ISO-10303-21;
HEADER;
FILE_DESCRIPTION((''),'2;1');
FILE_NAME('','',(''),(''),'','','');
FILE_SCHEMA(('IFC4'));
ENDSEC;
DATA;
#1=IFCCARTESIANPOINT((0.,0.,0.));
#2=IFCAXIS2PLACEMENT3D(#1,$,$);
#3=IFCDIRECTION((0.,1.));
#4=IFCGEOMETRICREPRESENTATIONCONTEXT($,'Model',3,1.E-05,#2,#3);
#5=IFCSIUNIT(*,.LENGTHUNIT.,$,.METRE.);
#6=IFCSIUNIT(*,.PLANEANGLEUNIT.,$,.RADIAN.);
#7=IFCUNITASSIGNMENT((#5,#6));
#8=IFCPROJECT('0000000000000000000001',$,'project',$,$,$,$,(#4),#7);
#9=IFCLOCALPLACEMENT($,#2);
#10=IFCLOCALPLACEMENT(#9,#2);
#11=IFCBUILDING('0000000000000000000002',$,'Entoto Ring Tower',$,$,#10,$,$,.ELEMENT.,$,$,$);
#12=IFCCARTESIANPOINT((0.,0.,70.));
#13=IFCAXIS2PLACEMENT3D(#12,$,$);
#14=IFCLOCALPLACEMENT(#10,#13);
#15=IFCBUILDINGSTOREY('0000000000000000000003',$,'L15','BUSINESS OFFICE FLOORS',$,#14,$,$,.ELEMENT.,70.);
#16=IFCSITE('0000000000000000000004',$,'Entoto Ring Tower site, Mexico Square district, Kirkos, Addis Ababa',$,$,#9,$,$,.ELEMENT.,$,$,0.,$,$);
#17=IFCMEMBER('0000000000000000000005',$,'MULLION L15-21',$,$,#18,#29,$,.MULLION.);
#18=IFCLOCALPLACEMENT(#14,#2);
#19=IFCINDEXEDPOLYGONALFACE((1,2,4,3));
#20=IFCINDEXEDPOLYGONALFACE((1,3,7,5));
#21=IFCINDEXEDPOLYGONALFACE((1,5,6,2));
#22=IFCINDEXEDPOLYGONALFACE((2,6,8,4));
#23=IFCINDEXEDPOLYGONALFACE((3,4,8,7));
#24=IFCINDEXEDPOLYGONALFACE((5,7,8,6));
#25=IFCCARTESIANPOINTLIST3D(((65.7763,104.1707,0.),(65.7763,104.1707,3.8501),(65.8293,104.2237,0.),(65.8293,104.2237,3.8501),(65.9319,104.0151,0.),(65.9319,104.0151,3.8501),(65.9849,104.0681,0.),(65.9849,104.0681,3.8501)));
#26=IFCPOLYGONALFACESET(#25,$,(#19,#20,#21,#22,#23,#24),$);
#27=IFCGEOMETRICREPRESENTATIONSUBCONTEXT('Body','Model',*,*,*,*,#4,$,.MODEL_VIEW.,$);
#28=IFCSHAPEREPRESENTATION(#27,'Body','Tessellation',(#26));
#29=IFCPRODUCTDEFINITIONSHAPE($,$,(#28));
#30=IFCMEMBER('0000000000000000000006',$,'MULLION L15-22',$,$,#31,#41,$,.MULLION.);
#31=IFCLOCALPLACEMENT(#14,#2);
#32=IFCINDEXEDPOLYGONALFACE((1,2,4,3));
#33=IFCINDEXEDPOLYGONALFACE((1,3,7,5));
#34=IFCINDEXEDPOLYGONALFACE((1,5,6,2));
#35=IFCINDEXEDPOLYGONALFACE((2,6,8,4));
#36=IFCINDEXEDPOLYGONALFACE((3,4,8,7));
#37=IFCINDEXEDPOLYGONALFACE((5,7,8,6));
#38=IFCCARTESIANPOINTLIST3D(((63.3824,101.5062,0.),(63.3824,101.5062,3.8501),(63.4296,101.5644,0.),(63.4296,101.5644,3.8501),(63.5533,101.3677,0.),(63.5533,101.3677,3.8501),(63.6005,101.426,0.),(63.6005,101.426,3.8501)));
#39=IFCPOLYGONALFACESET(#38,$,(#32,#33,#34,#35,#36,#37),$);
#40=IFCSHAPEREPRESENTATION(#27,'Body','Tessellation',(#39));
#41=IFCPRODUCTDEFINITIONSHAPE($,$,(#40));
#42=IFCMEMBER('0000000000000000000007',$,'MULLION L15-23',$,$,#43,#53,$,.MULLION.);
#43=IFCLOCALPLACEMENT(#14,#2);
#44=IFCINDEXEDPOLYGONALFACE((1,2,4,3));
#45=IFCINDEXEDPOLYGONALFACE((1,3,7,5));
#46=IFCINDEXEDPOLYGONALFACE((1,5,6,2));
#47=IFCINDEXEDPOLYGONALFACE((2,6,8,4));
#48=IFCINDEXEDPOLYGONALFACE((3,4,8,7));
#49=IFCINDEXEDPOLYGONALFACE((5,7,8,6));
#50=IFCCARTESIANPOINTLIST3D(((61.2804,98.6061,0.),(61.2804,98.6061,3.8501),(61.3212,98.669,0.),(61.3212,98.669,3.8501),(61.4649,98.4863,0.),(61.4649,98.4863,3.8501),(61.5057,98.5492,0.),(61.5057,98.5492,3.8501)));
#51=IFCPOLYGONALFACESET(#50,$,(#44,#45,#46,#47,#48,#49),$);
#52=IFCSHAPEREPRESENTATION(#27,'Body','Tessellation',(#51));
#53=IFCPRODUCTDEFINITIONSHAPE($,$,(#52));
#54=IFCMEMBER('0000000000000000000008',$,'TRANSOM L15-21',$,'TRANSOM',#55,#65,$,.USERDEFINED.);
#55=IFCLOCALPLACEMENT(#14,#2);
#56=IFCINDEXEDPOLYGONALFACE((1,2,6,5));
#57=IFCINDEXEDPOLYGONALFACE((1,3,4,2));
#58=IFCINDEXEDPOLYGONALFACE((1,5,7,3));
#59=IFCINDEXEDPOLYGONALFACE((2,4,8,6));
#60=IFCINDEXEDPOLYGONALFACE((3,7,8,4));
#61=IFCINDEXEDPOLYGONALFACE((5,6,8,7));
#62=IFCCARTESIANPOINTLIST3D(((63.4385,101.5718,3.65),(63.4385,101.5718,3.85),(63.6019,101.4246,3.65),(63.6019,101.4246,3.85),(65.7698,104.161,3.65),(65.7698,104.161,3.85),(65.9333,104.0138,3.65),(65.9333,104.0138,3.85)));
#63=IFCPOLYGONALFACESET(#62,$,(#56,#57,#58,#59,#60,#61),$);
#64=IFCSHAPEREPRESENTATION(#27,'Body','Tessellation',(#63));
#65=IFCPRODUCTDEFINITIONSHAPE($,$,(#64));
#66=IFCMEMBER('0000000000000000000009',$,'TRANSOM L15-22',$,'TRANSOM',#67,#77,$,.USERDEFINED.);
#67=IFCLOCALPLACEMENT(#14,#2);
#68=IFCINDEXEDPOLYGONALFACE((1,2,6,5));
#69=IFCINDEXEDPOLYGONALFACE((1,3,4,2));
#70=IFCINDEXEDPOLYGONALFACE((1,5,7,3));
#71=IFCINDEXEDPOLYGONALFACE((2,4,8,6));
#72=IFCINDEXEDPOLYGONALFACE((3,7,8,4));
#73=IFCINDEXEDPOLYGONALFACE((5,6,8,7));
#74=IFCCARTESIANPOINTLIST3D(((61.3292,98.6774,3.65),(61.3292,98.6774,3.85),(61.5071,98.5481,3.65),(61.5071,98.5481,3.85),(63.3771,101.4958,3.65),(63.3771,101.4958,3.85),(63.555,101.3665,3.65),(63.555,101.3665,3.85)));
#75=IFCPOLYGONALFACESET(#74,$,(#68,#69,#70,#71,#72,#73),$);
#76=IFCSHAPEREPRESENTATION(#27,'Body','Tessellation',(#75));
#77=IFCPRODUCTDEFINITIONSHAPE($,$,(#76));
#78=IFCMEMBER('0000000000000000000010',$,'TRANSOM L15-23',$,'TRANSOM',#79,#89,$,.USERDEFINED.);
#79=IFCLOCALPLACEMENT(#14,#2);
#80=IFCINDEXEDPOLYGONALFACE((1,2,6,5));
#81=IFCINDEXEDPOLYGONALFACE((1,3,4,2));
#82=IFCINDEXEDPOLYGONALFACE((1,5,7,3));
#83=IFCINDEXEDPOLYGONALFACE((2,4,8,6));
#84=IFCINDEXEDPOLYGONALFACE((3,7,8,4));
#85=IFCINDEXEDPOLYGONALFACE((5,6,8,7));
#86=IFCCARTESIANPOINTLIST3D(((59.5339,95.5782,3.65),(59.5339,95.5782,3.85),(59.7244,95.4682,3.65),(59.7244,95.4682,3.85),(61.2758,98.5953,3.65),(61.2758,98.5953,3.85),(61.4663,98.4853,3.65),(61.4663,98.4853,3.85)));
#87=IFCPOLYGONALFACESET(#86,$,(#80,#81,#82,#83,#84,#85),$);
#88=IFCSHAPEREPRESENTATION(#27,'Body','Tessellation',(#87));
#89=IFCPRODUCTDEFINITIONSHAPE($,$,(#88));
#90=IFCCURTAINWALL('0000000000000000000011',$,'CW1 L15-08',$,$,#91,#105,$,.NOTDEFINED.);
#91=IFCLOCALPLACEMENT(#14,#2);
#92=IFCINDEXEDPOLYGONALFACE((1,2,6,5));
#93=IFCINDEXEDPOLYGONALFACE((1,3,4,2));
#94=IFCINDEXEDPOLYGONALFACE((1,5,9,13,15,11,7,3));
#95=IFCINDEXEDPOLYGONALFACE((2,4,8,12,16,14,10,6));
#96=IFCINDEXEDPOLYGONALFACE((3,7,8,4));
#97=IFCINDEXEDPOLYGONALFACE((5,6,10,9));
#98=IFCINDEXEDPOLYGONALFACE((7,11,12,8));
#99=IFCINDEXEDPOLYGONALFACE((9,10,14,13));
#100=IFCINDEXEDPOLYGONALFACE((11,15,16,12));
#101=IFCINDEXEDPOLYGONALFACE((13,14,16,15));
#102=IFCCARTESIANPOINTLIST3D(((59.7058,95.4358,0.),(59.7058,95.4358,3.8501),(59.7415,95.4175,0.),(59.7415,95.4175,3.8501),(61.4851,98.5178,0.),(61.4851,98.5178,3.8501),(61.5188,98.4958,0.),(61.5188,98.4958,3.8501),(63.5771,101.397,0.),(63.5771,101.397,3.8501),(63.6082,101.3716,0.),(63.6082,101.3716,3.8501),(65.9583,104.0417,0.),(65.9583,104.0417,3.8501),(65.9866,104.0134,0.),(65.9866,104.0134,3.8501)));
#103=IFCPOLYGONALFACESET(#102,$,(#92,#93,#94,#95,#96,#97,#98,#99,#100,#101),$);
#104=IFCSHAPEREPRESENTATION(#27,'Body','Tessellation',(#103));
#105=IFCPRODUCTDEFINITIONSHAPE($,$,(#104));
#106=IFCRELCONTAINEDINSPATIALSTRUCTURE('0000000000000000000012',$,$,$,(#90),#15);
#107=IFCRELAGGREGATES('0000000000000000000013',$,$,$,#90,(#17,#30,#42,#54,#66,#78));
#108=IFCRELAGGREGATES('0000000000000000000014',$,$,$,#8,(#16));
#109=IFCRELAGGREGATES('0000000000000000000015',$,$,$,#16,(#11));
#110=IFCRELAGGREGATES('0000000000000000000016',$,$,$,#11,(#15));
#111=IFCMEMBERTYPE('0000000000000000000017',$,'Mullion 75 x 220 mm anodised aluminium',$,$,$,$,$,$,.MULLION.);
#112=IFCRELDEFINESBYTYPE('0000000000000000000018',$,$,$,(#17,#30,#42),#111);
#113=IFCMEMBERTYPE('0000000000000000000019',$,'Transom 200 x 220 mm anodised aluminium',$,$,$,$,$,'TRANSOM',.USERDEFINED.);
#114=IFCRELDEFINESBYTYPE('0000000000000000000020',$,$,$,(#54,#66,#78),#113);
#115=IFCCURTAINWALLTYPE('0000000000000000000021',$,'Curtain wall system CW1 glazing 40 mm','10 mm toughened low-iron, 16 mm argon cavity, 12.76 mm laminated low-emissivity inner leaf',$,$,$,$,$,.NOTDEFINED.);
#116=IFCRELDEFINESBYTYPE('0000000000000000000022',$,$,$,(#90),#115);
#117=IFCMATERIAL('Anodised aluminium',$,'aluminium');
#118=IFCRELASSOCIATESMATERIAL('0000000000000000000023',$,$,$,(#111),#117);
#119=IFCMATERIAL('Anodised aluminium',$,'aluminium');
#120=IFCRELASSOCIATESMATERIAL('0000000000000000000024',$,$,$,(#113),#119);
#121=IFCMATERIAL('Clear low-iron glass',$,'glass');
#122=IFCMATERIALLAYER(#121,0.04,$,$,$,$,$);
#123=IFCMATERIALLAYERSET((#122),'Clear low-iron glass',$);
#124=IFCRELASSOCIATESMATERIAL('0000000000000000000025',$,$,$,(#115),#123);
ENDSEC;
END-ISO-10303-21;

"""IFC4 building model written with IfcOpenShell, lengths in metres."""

from ifc_helpers import new_model, si_unit, direction, frame, origin, origin_2d, place, context, subcontext, project, spatial, polyline, rectangle, outline, extrude, material, layer, layer_set, material_profile, profile_set, type_object, element, aggregate, save


model = new_model("IFC4")

# Units and contexts
model_context = context("Model", 3, precision=1e-05, world=origin(), true_north=direction((0.0, 1.0)))
body_context = subcontext(model_context, "Body", "Model", "MODEL_VIEW")
ifc_project = project(units=[si_unit("LENGTHUNIT", "METRE"), si_unit("PLANEANGLEUNIT", "RADIAN")], contexts=[model_context])

# Members
ifc_material_1 = material(Name="Anodised aluminium", Category="aluminium")
ifc_material_profile_1 = material_profile(ifc_material_1, rectangle(XDim=0.075, YDim=0.22, at=origin_2d()), Name="Mullion 75 x 220 mm anodised aluminium")
ifc_profile_set_1 = profile_set([ifc_material_profile_1], Name="Anodised aluminium")
member_type_1 = type_object("IfcMemberType", Name="Mullion 75 x 220 mm anodised aluminium", PredefinedType="MULLION", material=ifc_profile_set_1)
site_placement = place(None, origin())
building_placement = place(site_placement, origin())
storey_placement = place(building_placement, frame((0.0, 0.0, 70.0)))
member_1_placement = place(storey_placement, frame((65.8806, 104.1194, 0.0), z_axis=(0.0, 0.0, 1.0), x_axis=(-0.707107, -0.707107, 0.0)))
member_1 = element("IfcMember", 1, at=member_1_placement, type_object=member_type_1, Name="MULLION L15-21", PredefinedType="MULLION", context=body_context, shape_type="SweptSolid", body=[
    extrude(rectangle(XDim=0.075, YDim=0.22, at=origin_2d()), origin(), (0.0, 0.0, 1.0), 3.8501),
])
member_2_placement = place(storey_placement, frame((63.4915, 101.4661, 0.0), z_axis=(0.0, 0.0, 1.0), x_axis=(-0.62932, -0.777146, 0.0)))
member_2 = element("IfcMember", 2, at=member_2_placement, type_object=member_type_1, Name="MULLION L15-22", PredefinedType="MULLION", context=body_context, shape_type="SweptSolid", body=[
    extrude(rectangle(XDim=0.075, YDim=0.22, at=origin_2d()), origin(), (0.0, 0.0, 1.0), 3.8501),
])
member_3_placement = place(storey_placement, frame((61.3931, 98.5776, 0.0), z_axis=(0.0, 0.0, 1.0), x_axis=(-0.544639, -0.838671, 0.0)))
member_3 = element("IfcMember", 3, at=member_3_placement, type_object=member_type_1, Name="MULLION L15-23", PredefinedType="MULLION", context=body_context, shape_type="SweptSolid", body=[
    extrude(rectangle(XDim=0.075, YDim=0.22, at=origin_2d()), origin(), (0.0, 0.0, 1.0), 3.8501),
])
ifc_material_2 = material(Name="Anodised aluminium", Category="aluminium")
ifc_material_profile_2 = material_profile(ifc_material_2, rectangle(XDim=0.22, YDim=0.2, at=origin_2d()), Name="Transom 200 x 220 mm anodised aluminium")
ifc_profile_set_2 = profile_set([ifc_material_profile_2], Name="Anodised aluminium")
member_type_2 = type_object("IfcMemberType", Name="Transom 200 x 220 mm anodised aluminium", ElementType="TRANSOM", PredefinedType="USERDEFINED", material=ifc_profile_set_2)
member_4_placement = place(storey_placement, frame((65.8516, 104.0874, 3.75), z_axis=(-0.669139, -0.743137, 0.0), x_axis=(0.743137, -0.669139, 0.0)))
member_4 = element("IfcMember", 4, at=member_4_placement, type_object=member_type_2, Name="TRANSOM L15-21", ObjectType="TRANSOM", PredefinedType="USERDEFINED", context=body_context, shape_type="SweptSolid", body=[
    extrude(rectangle(XDim=0.22, YDim=0.2, at=origin_2d()), origin(), (0.0, 0.0, 1.0), 3.4841),
])
member_5_placement = place(storey_placement, frame((63.4661, 101.4312, 3.75), z_axis=(-0.587822, -0.808991, 0.0), x_axis=(0.808991, -0.587822, 0.0)))
member_5 = element("IfcMember", 5, at=member_5_placement, type_object=member_type_2, Name="TRANSOM L15-22", ObjectType="TRANSOM", PredefinedType="USERDEFINED", context=body_context, shape_type="SweptSolid", body=[
    extrude(rectangle(XDim=0.22, YDim=0.2, at=origin_2d()), origin(), (0.0, 0.0, 1.0), 3.4839),
])
member_6_placement = place(storey_placement, frame((61.3711, 98.5403, 3.75), z_axis=(-0.500006, -0.866022, 0.0), x_axis=(0.866022, -0.500006, 0.0)))
member_6 = element("IfcMember", 6, at=member_6_placement, type_object=member_type_2, Name="TRANSOM L15-23", ObjectType="TRANSOM", PredefinedType="USERDEFINED", context=body_context, shape_type="SweptSolid", body=[
    extrude(rectangle(XDim=0.22, YDim=0.2, at=origin_2d()), origin(), (0.0, 0.0, 1.0), 3.4839),
])

# Site, building, storey
site = spatial("IfcSite", under=ifc_project, at=site_placement, Name="Entoto Ring Tower site, Mexico Square district, Kirkos, Addis Ababa", CompositionType="ELEMENT", RefElevation=0.0)
building = spatial("IfcBuilding", under=site, at=building_placement, Name="Entoto Ring Tower", CompositionType="ELEMENT")
storey = spatial("IfcBuildingStorey", under=building, at=storey_placement, Name="L15", Description="BUSINESS OFFICE FLOORS", CompositionType="ELEMENT", Elevation=70.0)

# Curtain wall
ifc_material_3 = material(Name="Clear low-iron glass", Category="glass")
ifc_layer = layer(ifc_material_3, 0.04)
ifc_layer_set = layer_set([ifc_layer], Name="Clear low-iron glass")
curtain_wall_type = type_object("IfcCurtainWallType", Name="Curtain wall system CW1 glazing 40 mm", Description="10 mm toughened low-iron, 16 mm argon cavity, 12.76 mm laminated low-emissivity inner leaf", PredefinedType="NOTDEFINED", material=ifc_layer_set)
curtain_wall_1_placement = place(storey_placement, origin())
curtain_wall_1 = element("IfcCurtainWall", 7, at=curtain_wall_1_placement, inside=storey, type_object=curtain_wall_type, Name="CW1 L15-08", PredefinedType="NOTDEFINED", context=body_context, shape_type="SweptSolid", body=[
    extrude(outline(polyline([(65.9583, 104.0417), (63.5771, 101.397), (61.4851, 98.5178), (59.7058, 95.4358), (59.7415, 95.4175), (61.5188, 98.4958), (63.6082, 101.3716), (65.9866, 104.0134), (65.9583, 104.0417)])), origin(), (0.0, 0.0, 1.0), 3.8501),
])
aggregate(curtain_wall_1, [member_1, member_2, member_3, member_4, member_5, member_6])

save(model, "model.ifc")
